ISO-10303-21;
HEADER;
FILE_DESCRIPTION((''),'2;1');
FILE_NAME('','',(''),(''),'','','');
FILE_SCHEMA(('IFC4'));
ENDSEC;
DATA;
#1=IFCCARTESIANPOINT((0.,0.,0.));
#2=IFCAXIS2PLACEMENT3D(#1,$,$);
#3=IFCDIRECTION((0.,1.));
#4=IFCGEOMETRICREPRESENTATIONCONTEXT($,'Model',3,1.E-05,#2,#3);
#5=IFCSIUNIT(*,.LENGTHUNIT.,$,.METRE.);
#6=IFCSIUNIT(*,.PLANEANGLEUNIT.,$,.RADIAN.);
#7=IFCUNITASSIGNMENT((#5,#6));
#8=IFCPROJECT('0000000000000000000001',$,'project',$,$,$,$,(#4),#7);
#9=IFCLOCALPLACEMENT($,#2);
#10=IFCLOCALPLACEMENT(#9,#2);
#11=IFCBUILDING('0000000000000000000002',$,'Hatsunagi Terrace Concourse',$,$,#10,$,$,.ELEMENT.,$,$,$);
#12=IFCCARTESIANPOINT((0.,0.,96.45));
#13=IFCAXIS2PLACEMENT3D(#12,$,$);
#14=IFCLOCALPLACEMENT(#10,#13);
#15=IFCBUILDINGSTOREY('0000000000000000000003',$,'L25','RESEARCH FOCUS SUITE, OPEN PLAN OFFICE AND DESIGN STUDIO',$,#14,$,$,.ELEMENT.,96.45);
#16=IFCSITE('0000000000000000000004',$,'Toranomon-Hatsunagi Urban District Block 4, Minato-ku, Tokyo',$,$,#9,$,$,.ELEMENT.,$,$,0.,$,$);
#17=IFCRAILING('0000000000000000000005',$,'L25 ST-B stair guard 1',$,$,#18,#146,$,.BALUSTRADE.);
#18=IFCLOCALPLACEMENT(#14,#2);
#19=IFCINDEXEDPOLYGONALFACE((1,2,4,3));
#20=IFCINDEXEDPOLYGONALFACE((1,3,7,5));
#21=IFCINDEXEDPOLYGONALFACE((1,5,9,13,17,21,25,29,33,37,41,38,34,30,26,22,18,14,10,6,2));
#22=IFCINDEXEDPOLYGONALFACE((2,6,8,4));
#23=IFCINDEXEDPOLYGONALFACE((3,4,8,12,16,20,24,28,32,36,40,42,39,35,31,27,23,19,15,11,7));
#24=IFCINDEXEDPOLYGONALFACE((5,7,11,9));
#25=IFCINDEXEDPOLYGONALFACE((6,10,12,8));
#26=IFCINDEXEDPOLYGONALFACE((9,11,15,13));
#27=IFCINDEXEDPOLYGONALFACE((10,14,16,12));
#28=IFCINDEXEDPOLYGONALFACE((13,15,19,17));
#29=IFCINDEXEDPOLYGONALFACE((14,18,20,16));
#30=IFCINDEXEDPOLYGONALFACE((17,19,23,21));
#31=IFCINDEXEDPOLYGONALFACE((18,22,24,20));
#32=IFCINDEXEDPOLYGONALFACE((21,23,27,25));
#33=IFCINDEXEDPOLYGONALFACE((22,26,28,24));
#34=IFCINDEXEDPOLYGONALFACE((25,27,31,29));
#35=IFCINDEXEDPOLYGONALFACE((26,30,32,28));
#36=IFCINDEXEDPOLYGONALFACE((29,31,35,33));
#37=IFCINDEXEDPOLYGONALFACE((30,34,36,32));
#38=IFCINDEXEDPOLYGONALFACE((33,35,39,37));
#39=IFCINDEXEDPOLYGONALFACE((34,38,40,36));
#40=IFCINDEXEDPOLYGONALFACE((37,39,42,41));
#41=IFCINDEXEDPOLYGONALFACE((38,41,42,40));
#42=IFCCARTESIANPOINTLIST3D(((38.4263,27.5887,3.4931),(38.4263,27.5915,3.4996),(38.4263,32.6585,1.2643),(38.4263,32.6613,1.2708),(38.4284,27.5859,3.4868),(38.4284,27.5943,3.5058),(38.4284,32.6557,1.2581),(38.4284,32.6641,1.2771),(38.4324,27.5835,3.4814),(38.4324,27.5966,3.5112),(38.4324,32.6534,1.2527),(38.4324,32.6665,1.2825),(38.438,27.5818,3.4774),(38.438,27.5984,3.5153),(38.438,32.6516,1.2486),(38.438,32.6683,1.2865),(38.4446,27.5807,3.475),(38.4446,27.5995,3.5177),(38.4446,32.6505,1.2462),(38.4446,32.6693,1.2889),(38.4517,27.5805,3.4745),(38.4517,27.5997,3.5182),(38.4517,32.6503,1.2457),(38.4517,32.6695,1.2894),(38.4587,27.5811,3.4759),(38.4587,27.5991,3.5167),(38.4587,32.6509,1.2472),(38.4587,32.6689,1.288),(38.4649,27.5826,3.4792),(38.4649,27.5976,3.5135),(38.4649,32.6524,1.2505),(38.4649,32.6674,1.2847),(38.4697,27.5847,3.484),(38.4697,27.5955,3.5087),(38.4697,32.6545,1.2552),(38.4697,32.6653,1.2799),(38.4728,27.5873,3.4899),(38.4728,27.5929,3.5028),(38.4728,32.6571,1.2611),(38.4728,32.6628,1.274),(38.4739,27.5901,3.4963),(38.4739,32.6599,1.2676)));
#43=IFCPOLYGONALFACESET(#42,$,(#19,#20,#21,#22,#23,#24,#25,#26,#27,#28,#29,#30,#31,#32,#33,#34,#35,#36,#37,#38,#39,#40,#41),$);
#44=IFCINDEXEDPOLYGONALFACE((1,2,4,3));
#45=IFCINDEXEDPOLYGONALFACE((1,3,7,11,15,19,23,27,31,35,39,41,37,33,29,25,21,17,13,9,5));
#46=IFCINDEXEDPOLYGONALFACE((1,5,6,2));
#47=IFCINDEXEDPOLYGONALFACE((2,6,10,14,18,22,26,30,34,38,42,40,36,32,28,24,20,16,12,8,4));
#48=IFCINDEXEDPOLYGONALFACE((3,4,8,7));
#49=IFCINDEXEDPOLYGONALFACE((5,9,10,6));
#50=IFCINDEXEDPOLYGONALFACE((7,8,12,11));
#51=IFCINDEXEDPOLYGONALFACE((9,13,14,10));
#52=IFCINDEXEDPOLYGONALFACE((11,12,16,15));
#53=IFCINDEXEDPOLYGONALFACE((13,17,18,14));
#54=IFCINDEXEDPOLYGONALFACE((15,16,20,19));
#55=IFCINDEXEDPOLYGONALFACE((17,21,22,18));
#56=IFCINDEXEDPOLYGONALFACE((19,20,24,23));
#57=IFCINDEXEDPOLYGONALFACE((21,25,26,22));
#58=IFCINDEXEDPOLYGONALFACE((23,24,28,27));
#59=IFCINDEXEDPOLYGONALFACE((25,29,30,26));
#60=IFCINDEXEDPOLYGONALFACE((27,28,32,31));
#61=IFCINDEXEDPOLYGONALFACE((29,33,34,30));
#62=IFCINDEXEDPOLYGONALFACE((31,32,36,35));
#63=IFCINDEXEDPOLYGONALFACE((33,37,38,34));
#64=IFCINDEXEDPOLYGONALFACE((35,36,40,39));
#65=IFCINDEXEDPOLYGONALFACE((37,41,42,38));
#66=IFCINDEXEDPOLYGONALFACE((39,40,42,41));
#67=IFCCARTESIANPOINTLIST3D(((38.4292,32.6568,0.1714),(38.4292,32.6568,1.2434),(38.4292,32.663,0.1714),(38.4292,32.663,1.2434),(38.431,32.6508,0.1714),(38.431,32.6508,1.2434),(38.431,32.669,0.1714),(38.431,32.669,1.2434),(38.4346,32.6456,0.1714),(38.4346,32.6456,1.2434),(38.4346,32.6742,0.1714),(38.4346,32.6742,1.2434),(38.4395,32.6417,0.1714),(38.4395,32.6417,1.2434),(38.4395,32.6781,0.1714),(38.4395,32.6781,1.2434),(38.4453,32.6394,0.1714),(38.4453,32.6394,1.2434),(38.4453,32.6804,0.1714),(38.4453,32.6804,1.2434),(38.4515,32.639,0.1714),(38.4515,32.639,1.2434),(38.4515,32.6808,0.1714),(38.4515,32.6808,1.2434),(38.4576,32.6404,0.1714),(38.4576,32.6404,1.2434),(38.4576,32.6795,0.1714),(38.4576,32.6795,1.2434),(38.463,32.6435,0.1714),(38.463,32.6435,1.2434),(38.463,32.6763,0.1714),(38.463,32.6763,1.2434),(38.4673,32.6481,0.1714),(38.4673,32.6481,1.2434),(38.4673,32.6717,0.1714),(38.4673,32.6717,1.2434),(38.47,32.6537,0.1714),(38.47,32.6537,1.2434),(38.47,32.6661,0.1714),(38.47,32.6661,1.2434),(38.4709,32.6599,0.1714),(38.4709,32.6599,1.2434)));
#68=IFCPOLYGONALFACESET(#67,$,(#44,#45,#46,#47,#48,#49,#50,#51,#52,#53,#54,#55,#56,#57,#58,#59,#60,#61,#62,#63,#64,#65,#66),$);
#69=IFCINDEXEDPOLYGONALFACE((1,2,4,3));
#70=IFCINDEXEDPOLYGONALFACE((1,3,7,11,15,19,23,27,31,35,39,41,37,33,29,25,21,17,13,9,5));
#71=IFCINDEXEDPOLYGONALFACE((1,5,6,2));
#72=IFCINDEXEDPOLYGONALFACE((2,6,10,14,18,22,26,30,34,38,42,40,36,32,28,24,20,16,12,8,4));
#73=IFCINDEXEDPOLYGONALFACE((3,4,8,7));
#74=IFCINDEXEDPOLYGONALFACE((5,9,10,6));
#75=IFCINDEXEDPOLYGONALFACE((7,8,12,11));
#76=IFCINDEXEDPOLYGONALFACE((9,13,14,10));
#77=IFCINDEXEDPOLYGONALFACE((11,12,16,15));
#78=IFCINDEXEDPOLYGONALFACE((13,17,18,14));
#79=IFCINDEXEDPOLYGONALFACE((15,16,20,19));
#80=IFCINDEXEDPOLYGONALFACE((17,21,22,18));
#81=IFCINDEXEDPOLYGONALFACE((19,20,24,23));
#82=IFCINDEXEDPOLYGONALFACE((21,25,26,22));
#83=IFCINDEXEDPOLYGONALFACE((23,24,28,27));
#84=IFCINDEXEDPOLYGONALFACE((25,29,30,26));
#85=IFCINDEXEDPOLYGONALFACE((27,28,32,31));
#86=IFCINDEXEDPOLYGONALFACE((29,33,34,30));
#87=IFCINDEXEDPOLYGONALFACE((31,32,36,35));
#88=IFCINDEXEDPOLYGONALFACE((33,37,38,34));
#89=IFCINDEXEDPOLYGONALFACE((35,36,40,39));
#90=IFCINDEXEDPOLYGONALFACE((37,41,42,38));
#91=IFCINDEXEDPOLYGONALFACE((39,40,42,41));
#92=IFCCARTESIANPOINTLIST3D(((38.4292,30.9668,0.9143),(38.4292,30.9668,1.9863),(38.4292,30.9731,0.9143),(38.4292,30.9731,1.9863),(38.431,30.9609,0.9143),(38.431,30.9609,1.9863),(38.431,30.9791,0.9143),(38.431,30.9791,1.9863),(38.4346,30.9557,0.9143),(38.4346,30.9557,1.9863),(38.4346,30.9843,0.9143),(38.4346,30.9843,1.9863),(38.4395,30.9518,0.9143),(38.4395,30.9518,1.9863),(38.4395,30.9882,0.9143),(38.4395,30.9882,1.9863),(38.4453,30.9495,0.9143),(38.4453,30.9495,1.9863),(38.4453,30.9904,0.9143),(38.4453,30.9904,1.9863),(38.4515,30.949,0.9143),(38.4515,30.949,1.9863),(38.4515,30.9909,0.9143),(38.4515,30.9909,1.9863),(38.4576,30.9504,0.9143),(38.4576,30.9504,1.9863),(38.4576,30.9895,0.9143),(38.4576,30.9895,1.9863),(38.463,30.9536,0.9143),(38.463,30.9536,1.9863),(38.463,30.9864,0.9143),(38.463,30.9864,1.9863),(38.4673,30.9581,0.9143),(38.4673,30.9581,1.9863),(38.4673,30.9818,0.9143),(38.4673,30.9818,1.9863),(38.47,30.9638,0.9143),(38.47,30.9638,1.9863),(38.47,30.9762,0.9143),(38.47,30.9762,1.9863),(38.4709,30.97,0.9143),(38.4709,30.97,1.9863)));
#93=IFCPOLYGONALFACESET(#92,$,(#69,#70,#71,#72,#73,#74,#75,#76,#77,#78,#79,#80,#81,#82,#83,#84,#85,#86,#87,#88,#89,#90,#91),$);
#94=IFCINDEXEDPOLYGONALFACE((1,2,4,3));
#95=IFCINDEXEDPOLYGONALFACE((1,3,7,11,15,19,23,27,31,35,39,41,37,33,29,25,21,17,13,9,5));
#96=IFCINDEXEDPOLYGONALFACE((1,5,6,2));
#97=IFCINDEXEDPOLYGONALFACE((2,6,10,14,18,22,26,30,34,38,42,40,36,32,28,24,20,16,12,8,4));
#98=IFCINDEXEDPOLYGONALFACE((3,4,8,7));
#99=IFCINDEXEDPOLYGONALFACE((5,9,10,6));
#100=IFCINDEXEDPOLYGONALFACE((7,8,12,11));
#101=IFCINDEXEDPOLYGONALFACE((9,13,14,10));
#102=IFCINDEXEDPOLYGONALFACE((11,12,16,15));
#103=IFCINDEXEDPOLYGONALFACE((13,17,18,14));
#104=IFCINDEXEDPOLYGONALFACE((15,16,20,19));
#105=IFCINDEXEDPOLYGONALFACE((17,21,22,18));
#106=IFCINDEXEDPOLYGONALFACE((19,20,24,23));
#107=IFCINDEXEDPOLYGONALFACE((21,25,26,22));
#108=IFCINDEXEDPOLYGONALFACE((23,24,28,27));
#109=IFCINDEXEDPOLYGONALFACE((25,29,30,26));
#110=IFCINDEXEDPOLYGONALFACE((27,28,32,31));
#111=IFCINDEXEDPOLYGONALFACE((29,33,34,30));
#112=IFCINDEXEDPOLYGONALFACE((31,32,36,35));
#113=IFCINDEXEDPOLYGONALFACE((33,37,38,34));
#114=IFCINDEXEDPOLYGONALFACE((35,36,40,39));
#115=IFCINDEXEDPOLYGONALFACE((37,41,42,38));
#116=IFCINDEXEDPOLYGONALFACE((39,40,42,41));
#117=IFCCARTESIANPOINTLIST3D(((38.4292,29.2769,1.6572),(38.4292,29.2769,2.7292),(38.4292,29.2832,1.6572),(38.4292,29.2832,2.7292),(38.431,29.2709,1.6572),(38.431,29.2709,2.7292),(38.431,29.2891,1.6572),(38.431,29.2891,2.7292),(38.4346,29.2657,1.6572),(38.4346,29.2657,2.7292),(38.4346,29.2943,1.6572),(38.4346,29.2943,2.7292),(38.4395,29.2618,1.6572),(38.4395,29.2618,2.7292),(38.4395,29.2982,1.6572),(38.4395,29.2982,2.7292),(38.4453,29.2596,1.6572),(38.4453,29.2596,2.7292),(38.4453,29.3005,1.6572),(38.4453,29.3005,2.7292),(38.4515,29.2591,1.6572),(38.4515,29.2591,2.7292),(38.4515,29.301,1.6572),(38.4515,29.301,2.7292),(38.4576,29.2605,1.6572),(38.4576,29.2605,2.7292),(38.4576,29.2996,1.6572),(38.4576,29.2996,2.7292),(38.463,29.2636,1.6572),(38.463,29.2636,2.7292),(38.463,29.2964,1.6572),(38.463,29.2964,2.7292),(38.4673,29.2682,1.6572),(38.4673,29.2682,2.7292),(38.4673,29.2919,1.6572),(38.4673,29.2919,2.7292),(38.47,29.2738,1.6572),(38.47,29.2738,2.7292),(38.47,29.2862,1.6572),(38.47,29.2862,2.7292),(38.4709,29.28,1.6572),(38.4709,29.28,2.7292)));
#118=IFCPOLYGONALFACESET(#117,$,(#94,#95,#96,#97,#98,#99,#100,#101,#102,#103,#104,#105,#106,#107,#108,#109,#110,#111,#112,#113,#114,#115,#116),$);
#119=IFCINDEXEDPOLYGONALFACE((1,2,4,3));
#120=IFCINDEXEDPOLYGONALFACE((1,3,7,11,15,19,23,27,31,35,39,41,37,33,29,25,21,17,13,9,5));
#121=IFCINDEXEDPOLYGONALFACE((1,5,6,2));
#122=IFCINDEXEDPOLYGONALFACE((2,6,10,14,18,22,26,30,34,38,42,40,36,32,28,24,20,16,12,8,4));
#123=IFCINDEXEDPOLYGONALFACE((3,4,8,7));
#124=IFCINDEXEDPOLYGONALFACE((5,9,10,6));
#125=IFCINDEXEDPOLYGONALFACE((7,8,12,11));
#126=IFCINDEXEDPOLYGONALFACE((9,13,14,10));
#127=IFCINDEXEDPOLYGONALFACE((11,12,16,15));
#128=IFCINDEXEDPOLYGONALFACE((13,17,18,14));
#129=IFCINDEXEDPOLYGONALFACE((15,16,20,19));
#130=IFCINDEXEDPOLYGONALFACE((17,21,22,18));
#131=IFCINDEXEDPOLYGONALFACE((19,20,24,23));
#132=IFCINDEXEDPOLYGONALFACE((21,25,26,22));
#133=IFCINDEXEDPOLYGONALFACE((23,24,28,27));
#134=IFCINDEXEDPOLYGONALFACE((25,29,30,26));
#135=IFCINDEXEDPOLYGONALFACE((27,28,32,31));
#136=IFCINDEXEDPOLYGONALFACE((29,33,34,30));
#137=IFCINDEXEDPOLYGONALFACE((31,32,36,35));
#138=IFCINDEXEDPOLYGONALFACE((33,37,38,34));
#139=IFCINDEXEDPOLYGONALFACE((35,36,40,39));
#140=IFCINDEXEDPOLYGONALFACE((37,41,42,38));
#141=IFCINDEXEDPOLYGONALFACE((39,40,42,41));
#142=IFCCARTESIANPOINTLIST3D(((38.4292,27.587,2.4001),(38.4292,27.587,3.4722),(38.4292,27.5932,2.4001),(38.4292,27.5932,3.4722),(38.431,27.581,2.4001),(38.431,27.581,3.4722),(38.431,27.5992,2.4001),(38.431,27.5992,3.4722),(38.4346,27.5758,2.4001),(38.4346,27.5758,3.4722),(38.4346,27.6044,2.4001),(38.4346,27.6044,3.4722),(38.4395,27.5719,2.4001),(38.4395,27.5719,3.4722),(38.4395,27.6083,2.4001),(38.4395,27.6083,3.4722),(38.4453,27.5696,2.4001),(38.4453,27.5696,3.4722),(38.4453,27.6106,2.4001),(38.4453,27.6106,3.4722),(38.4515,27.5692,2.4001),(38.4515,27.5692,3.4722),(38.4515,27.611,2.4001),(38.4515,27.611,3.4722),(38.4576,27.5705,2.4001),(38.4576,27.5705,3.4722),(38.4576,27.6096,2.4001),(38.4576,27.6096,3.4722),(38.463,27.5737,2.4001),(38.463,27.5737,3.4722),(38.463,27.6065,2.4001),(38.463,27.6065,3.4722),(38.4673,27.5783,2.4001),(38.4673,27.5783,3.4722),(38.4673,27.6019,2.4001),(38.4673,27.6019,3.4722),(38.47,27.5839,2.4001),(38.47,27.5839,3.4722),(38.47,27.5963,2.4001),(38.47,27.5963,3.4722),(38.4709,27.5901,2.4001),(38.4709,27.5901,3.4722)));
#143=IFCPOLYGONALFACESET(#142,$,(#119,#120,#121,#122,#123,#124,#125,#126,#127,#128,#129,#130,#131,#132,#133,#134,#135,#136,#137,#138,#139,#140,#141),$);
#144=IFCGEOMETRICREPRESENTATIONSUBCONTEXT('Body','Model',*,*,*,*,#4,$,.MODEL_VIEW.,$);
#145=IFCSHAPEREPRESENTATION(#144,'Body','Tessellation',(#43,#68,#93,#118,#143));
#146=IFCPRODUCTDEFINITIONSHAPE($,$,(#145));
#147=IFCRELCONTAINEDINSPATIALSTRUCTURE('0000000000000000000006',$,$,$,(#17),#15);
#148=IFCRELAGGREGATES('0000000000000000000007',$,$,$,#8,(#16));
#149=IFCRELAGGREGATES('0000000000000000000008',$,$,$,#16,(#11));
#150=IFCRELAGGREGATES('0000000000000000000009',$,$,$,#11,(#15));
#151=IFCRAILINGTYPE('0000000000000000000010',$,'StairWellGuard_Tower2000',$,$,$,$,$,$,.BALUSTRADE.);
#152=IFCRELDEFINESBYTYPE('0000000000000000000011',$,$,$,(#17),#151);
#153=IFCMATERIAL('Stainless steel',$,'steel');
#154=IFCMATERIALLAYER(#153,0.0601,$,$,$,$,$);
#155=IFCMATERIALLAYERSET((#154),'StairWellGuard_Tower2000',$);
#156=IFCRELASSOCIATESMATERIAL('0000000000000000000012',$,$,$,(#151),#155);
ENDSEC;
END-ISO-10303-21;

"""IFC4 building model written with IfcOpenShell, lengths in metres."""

from ifc_helpers import new_model, si_unit, direction, frame, origin, origin_2d, place, context, subcontext, project, spatial, circle, extrude, material, layer, layer_set, type_object, element, save


model = new_model("IFC4")

# Units and contexts
model_context = context("Model", 3, precision=1e-05, world=origin(), true_north=direction((0.0, 1.0)))
body_context = subcontext(model_context, "Body", "Model", "MODEL_VIEW")
ifc_project = project(units=[si_unit("LENGTHUNIT", "METRE"), si_unit("PLANEANGLEUNIT", "RADIAN")], contexts=[model_context])

# Site, building, storey
site_placement = place(None, origin())
site = spatial("IfcSite", under=ifc_project, at=site_placement, Name="Toranomon-Hatsunagi Urban District Block 4, Minato-ku, Tokyo", CompositionType="ELEMENT", RefElevation=0.0)
building_placement = place(site_placement, origin())
building = spatial("IfcBuilding", under=site, at=building_placement, Name="Hatsunagi Terrace Concourse", CompositionType="ELEMENT")
storey_placement = place(building_placement, frame((0.0, 0.0, 96.45)))
storey = spatial("IfcBuildingStorey", under=building, at=storey_placement, Name="L25", Description="RESEARCH FOCUS SUITE, OPEN PLAN OFFICE AND DESIGN STUDIO", CompositionType="ELEMENT", Elevation=96.45)

# Railing
ifc_material_1 = material(Name="Stainless steel", Category="steel")
ifc_layer_1 = layer(ifc_material_1, 0.0601)
ifc_layer_set_1 = layer_set([ifc_layer_1], Name="StairWellGuard_Tower2000")
railing_type_1 = type_object("IfcRailingType", Name="StairWellGuard_Tower2000", PredefinedType="BALUSTRADE", material=ifc_layer_set_1)
railing_1_placement = place(storey_placement, frame((38.45, 32.6599, 0.1714)))
element("IfcRailing", 1, at=railing_1_placement, inside=storey, type_object=railing_type_1, Name="L25 ST-B stair guard 1", PredefinedType="BALUSTRADE", context=body_context, shape_type="SweptSolid", body=[
    extrude(circle(Radius=0.0239, at=origin_2d()), frame((0.0, 0.0, 1.0962), z_axis=(0.0, -0.915446, 0.402442), x_axis=(1.0, 0.0, 0.0)), (0.0, 0.0, 1.0), 5.5381),
    extrude(circle(Radius=0.021, at=origin_2d()), origin(), (0.0, 0.0, 1.0), 1.072),
    extrude(circle(Radius=0.021, at=origin_2d()), frame((0.0, -1.6899, 0.7429)), (0.0, 0.0, 1.0), 1.072),
    extrude(circle(Radius=0.021, at=origin_2d()), frame((0.0, -3.3799, 1.4858)), (0.0, 0.0, 1.0), 1.072),
    extrude(circle(Radius=0.021, at=origin_2d()), frame((0.0, -5.0698, 2.2288)), (0.0, 0.0, 1.0), 1.072),
])

save(model, "model.ifc")
